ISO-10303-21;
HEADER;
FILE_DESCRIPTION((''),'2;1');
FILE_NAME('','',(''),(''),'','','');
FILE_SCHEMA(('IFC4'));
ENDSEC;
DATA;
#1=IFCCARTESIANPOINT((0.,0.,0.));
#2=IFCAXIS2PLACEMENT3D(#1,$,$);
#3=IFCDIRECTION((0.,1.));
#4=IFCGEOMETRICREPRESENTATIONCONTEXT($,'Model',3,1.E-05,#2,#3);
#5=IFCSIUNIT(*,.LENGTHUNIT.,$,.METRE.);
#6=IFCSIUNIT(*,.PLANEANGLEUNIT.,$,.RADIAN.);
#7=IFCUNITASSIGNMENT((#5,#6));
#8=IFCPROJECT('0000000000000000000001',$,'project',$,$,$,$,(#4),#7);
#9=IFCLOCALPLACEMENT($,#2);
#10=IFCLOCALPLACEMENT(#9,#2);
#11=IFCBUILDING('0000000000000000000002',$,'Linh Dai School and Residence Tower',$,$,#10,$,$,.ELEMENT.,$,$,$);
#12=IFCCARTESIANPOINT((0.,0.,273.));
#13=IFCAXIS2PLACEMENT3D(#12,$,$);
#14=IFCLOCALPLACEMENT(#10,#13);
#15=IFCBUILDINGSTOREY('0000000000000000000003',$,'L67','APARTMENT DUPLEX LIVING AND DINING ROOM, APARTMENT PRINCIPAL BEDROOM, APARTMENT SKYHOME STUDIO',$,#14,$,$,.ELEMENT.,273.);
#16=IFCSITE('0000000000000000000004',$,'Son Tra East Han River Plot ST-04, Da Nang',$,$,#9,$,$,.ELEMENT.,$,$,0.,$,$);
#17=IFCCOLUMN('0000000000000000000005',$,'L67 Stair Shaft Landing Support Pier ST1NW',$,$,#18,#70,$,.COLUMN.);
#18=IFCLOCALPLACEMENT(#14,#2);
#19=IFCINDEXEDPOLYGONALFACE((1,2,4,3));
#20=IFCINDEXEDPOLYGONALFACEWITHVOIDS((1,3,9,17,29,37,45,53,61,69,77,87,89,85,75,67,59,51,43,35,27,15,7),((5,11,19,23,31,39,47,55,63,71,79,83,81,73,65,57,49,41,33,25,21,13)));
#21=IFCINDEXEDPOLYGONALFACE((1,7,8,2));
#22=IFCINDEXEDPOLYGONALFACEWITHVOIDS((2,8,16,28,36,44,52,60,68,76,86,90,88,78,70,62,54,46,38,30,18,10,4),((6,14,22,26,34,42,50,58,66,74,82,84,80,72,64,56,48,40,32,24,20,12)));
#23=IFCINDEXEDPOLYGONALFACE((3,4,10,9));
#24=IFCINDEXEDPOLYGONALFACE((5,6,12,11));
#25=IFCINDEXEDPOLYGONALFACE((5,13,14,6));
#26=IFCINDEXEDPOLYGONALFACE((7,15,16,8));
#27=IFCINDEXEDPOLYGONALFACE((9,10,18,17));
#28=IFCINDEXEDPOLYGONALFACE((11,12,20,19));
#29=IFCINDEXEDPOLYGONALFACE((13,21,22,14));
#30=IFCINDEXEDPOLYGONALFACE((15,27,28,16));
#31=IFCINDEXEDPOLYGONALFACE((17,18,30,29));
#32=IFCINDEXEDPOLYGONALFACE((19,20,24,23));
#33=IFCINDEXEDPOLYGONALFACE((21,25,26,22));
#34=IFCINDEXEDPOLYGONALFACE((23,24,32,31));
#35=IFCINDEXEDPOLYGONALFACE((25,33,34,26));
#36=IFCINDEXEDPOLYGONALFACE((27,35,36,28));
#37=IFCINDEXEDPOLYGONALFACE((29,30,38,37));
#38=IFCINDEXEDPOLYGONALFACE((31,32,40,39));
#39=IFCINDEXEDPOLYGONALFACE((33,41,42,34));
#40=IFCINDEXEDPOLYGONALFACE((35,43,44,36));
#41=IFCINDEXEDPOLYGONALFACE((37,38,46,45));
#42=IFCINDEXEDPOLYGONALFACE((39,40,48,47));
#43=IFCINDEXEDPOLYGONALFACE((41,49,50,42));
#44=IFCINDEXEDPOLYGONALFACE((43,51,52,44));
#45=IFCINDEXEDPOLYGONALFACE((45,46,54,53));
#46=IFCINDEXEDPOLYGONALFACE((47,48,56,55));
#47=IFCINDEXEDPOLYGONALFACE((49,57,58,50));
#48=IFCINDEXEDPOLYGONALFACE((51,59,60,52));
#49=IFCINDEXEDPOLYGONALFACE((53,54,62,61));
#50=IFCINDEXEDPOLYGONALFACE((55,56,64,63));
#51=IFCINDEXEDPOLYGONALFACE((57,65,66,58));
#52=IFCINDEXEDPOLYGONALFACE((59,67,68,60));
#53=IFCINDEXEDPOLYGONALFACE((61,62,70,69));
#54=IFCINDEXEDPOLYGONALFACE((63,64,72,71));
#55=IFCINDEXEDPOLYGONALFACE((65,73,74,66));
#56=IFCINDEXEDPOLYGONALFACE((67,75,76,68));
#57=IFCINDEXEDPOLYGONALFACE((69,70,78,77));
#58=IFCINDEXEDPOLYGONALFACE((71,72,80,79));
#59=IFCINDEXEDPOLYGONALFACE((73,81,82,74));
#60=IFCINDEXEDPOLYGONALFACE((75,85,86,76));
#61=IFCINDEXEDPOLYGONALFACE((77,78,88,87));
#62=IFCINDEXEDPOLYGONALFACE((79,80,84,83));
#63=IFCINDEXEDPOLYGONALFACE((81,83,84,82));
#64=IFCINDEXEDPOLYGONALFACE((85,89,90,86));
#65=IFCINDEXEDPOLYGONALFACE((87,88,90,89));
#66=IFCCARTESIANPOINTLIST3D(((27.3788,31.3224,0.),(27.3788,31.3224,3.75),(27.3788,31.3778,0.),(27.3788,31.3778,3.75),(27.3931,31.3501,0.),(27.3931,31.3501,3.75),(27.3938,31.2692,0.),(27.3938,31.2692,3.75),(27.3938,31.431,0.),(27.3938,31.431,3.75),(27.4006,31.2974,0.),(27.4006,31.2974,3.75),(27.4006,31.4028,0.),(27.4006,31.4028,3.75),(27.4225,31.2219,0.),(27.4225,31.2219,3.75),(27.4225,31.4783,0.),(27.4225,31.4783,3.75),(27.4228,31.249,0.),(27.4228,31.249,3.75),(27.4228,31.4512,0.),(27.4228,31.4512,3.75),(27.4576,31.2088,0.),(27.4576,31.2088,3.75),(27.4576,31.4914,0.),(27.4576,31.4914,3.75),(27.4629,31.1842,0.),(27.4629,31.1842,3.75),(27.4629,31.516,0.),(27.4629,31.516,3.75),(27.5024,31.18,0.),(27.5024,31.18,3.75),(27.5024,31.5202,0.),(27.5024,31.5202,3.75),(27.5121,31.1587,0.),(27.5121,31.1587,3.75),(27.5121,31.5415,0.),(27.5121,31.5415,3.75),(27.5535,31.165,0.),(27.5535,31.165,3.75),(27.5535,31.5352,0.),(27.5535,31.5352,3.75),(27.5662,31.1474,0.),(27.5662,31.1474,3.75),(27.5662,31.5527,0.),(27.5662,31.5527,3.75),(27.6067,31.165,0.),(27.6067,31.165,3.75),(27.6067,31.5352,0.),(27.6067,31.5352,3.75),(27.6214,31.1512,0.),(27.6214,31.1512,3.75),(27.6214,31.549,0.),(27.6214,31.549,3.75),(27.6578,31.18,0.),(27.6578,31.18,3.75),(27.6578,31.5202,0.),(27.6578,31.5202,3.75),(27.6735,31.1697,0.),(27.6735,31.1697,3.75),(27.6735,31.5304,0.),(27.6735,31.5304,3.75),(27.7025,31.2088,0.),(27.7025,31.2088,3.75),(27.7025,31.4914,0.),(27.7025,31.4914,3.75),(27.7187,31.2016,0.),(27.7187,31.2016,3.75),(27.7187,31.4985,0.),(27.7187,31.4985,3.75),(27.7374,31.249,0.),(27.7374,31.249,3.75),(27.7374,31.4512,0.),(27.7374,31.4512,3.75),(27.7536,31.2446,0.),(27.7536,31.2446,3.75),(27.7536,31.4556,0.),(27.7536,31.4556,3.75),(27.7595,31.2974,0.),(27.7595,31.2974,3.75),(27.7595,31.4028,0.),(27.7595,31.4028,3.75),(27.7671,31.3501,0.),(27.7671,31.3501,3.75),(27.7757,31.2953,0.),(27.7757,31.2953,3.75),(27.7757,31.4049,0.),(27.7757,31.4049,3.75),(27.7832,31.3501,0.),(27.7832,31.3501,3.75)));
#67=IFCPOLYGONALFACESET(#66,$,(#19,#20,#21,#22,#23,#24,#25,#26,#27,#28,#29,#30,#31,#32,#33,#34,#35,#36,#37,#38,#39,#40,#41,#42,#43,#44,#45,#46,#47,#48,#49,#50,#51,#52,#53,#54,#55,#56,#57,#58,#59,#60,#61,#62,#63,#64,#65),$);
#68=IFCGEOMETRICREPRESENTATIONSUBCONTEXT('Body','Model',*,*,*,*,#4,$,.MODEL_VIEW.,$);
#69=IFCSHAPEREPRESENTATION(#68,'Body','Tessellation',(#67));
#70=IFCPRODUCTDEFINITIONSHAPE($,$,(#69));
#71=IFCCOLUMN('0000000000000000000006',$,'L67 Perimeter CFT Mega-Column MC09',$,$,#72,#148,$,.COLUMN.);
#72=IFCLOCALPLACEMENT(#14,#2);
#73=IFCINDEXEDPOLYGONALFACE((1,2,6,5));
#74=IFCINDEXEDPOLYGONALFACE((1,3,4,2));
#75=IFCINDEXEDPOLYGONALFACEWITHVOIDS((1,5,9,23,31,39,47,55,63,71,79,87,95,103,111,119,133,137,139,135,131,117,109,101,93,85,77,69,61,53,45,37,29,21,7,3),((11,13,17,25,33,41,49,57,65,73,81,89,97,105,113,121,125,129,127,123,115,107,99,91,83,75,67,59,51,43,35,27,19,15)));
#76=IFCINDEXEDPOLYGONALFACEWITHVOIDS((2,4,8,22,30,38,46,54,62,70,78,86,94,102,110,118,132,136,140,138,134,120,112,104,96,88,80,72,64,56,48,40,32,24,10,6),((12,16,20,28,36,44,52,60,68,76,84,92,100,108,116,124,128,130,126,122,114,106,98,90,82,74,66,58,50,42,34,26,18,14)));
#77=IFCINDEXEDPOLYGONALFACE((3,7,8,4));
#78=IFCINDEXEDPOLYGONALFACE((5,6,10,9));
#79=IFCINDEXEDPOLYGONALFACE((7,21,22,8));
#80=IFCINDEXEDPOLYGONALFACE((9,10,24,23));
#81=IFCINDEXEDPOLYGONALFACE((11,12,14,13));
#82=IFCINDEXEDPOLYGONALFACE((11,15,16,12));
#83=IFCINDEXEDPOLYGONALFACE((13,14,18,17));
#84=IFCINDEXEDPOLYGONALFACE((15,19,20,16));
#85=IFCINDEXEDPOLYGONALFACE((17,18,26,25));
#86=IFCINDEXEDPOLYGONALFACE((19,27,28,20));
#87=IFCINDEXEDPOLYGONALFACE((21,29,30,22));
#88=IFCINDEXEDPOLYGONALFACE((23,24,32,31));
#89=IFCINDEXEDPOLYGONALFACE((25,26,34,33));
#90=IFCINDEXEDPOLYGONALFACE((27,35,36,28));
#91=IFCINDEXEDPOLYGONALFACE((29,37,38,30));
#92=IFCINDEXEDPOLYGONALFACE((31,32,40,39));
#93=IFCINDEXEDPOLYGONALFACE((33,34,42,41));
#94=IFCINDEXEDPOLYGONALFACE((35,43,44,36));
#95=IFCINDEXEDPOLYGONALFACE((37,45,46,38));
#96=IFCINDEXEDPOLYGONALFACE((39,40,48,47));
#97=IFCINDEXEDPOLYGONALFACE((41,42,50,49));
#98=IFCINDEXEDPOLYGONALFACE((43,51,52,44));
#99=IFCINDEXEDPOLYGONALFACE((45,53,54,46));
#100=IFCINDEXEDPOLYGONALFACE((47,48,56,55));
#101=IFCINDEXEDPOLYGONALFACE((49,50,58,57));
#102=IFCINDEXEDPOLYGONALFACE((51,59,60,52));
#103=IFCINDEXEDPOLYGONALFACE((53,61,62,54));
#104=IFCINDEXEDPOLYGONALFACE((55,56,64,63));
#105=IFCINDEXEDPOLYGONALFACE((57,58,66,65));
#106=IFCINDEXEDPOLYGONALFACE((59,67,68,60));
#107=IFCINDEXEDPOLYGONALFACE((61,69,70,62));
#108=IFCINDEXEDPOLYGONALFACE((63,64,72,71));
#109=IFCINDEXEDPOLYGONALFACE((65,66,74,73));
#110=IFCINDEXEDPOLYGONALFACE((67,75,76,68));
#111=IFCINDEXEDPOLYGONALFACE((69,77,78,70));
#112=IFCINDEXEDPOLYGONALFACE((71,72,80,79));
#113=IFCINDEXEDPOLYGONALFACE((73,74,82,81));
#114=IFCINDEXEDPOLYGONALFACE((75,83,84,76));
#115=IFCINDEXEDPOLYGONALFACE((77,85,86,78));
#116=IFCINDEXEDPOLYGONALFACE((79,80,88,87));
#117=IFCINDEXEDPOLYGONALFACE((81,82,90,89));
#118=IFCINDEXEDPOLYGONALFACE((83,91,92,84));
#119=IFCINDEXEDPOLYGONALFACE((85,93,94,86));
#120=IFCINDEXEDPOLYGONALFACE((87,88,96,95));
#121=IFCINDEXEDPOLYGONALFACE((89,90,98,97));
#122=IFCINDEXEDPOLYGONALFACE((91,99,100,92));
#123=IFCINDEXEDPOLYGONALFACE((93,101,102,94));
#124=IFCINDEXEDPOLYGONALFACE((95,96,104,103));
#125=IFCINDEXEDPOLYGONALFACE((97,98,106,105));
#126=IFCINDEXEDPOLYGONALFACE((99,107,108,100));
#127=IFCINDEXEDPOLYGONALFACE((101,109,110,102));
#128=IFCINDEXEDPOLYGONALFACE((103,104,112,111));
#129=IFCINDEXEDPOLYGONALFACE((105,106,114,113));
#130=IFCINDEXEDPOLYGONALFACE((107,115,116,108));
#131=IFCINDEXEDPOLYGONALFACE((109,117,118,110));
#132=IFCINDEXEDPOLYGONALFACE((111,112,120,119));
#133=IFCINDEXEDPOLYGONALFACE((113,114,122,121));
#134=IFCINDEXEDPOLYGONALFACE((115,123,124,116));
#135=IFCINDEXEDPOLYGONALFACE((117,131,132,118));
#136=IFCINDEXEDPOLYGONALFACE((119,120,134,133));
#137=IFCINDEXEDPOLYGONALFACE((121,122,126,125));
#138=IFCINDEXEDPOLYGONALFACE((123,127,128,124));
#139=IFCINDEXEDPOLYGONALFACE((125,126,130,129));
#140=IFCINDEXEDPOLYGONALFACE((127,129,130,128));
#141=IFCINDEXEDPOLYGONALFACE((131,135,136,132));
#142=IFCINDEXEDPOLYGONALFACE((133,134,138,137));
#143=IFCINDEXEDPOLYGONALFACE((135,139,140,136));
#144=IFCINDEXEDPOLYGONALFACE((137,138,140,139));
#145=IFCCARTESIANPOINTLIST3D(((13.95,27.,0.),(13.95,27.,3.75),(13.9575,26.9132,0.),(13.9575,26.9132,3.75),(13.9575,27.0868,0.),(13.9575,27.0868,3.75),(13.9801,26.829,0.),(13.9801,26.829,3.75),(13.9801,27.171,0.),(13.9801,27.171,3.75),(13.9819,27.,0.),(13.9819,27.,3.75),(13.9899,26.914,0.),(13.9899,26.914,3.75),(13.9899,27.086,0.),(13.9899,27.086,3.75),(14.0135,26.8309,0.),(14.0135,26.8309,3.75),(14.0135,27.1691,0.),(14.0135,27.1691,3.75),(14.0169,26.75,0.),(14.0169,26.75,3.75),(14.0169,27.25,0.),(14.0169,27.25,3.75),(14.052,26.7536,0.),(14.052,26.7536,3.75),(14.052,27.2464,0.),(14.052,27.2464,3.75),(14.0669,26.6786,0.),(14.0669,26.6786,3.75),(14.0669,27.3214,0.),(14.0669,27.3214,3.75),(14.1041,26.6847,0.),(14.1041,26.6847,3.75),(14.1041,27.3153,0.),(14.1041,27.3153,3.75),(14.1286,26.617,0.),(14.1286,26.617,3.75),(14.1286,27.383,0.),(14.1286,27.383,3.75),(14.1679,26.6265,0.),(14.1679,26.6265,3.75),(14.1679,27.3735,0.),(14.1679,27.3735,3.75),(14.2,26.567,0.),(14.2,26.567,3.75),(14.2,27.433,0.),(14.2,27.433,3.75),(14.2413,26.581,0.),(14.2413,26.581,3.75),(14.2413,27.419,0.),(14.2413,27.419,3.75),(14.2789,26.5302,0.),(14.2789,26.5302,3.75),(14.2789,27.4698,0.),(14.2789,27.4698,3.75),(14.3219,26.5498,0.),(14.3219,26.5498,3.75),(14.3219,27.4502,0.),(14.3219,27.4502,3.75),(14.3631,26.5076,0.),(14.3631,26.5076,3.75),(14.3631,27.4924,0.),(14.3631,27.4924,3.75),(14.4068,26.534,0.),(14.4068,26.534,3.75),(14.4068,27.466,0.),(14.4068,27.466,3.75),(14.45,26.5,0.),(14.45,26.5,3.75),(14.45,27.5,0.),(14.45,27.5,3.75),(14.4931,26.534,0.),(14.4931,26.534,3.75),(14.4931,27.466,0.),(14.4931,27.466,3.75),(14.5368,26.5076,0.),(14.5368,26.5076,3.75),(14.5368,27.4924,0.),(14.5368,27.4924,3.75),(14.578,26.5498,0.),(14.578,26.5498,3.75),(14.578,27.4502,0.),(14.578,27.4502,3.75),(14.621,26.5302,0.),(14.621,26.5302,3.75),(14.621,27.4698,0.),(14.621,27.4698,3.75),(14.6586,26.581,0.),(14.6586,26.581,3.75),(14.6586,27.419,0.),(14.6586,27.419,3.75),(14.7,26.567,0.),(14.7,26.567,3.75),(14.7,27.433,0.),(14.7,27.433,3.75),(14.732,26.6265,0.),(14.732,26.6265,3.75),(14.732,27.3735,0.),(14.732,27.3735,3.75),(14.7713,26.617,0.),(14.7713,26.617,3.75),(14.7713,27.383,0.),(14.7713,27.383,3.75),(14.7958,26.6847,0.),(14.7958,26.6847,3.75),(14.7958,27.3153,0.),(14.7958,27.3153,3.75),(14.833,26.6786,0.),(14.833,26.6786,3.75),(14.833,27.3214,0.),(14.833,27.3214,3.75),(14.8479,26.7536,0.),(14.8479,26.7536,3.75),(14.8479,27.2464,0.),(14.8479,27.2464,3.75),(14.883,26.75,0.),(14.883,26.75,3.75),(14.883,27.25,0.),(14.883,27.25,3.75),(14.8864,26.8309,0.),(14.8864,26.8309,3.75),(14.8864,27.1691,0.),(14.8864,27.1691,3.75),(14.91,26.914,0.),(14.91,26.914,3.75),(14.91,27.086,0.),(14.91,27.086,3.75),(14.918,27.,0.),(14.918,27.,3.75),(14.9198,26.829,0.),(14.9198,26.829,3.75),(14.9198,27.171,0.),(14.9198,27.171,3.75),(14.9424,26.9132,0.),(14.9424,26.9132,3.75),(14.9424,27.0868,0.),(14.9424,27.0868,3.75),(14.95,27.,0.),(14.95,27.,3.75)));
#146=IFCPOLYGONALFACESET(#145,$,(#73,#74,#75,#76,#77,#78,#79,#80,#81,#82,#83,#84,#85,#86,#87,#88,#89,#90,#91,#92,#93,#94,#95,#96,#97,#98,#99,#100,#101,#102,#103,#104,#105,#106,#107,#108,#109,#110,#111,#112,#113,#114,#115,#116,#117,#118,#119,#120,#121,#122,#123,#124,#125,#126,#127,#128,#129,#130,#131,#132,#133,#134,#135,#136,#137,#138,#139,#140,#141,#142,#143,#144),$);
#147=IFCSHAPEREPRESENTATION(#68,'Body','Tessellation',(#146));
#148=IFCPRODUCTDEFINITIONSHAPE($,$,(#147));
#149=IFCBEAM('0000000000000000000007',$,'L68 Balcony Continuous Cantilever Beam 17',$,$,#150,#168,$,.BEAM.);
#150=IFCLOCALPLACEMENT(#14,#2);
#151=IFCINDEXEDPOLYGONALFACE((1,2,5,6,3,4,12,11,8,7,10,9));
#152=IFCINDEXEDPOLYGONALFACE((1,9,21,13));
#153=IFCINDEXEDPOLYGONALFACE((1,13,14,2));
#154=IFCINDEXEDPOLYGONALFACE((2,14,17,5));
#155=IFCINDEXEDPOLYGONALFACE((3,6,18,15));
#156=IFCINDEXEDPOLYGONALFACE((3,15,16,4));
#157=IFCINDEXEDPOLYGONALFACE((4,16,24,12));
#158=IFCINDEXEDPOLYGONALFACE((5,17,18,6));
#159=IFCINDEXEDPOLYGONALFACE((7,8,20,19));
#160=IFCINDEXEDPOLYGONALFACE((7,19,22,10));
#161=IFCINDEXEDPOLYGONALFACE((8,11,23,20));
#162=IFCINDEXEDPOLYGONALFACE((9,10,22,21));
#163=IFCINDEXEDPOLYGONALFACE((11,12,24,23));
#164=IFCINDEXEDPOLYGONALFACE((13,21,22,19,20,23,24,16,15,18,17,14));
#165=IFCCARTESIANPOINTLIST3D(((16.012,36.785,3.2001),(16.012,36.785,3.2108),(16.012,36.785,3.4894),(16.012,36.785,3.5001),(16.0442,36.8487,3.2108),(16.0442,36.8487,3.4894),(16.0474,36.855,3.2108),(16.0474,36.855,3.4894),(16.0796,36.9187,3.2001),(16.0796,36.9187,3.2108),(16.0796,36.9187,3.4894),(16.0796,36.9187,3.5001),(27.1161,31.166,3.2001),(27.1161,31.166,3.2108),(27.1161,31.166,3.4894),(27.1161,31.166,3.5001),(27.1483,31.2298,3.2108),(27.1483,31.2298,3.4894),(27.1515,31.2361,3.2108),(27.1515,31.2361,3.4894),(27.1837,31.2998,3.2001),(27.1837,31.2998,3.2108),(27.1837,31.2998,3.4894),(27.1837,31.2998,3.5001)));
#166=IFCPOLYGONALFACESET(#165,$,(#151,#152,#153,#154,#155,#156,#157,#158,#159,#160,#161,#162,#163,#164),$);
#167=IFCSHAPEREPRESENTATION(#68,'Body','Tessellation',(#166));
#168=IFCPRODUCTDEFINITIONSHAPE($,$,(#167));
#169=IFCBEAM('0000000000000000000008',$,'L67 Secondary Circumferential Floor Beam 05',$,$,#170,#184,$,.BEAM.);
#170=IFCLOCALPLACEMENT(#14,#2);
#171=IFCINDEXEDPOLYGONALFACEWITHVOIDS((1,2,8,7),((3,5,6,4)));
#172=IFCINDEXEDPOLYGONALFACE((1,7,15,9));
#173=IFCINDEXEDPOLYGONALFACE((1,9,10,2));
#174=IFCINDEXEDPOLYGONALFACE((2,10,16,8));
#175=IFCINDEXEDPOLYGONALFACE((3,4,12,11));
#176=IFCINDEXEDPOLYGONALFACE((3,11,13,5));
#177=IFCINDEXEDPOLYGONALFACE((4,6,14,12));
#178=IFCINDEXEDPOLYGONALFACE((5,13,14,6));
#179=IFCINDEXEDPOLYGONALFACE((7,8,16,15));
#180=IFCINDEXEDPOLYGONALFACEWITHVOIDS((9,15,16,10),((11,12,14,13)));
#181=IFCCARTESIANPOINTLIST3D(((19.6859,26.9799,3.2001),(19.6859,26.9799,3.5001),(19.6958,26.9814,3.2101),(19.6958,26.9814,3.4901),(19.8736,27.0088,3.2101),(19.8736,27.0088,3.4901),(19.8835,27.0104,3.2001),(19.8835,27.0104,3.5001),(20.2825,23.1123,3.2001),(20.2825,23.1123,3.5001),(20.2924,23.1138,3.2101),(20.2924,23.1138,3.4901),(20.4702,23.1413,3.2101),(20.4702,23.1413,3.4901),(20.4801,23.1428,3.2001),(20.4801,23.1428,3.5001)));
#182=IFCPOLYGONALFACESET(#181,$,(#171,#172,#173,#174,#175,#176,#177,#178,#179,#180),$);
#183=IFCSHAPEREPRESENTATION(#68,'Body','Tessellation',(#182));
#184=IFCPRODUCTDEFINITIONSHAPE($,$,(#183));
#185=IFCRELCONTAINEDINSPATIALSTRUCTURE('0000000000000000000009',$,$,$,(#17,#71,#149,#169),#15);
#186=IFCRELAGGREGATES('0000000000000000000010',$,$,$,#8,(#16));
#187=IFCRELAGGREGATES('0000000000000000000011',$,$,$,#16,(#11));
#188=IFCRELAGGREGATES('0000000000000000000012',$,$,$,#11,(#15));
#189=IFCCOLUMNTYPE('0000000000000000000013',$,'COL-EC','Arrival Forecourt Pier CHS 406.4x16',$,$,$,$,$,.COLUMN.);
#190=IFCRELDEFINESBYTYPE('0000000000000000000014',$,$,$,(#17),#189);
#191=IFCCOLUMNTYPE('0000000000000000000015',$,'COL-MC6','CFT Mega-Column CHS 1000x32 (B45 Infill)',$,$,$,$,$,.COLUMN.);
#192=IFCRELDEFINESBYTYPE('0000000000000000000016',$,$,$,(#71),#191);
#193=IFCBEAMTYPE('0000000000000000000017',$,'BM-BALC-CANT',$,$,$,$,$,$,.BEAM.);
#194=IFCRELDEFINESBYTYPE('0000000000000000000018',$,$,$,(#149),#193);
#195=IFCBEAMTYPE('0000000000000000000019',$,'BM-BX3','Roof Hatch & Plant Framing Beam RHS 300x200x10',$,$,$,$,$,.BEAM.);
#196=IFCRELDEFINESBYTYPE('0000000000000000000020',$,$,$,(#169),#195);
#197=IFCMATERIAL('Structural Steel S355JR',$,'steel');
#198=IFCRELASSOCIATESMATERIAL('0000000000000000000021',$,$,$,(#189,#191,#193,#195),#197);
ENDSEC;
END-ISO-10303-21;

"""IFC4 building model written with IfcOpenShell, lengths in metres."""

from ifc_helpers import new_model, si_unit, direction, frame, origin, origin_2d, place, context, subcontext, project, spatial, hollow_rectangle, hollow_circle, i_section, extrude, material, material_profile, profile_set, type_object, element, save


model = new_model("IFC4")

# Units and contexts
model_context = context("Model", 3, precision=1e-05, world=origin(), true_north=direction((0.0, 1.0)))
body_context = subcontext(model_context, "Body", "Model", "MODEL_VIEW")
ifc_project = project(units=[si_unit("LENGTHUNIT", "METRE"), si_unit("PLANEANGLEUNIT", "RADIAN")], contexts=[model_context])

# Site, building, storey
site_placement = place(None, origin())
site = spatial("IfcSite", under=ifc_project, at=site_placement, Name="Son Tra East Han River Plot ST-04, Da Nang", CompositionType="ELEMENT", RefElevation=0.0)
building_placement = place(site_placement, origin())
building = spatial("IfcBuilding", under=site, at=building_placement, Name="Linh Dai School and Residence Tower", CompositionType="ELEMENT")
storey_placement = place(building_placement, frame((0.0, 0.0, 273.0)))
storey = spatial("IfcBuildingStorey", under=building, at=storey_placement, Name="L67", Description="APARTMENT DUPLEX LIVING AND DINING ROOM, APARTMENT PRINCIPAL BEDROOM, APARTMENT SKYHOME STUDIO", CompositionType="ELEMENT", Elevation=273.0)

# Columns
ifc_material_1 = material(Name="Structural Steel S355JR", Category="steel")
ifc_material_profile_1 = material_profile(ifc_material_1, hollow_circle(Radius=0.2031, WallThickness=0.0161, at=origin_2d()), Name="CHS 406.4x16")
ifc_profile_set_1 = profile_set([ifc_material_profile_1], Name="Structural Steel S355JR")
column_type_1 = type_object("IfcColumnType", Name="COL-EC", Description="Arrival Forecourt Pier CHS 406.4x16", PredefinedType="COLUMN", material=ifc_profile_set_1)
column_1_placement = place(storey_placement, frame((27.5801, 31.3501, 0.0), z_axis=(0.0, 0.0, 1.0), x_axis=(1.0, 0.0, 0.0)))
element("IfcColumn", 1, at=column_1_placement, inside=storey, type_object=column_type_1, Name="L67 Stair Shaft Landing Support Pier ST1NW", PredefinedType="COLUMN", context=body_context, shape_type="SweptSolid", body=[
    extrude(hollow_circle(Radius=0.2031, WallThickness=0.0161, at=origin_2d()), origin(), (0.0, 0.0, 1.0), 3.75),
])
ifc_material_profile_2 = material_profile(ifc_material_1, hollow_circle(Radius=0.5, WallThickness=0.032, at=origin_2d()), Name="CHS 1000x32")
ifc_profile_set_2 = profile_set([ifc_material_profile_2], Name="Structural Steel S355JR")
column_type_2 = type_object("IfcColumnType", Name="COL-MC6", Description="CFT Mega-Column CHS 1000x32 (B45 Infill)", PredefinedType="COLUMN", material=ifc_profile_set_2)
column_2_placement = place(storey_placement, frame((14.45, 27.0, 0.0), z_axis=(0.0, 0.0, 1.0), x_axis=(1.0, 0.0, 0.0)))
element("IfcColumn", 2, at=column_2_placement, inside=storey, type_object=column_type_2, Name="L67 Perimeter CFT Mega-Column MC09", PredefinedType="COLUMN", context=body_context, shape_type="SweptSolid", body=[
    extrude(hollow_circle(Radius=0.5, WallThickness=0.032, at=origin_2d()), origin(), (0.0, 0.0, 1.0), 3.75),
])

# Beams
ifc_material_profile_3 = material_profile(ifc_material_1, i_section(OverallWidth=0.1499, OverallDepth=0.3, WebThickness=0.0071, FlangeThickness=0.0107, at=origin_2d()), Name="IPE 300")
ifc_profile_set_3 = profile_set([ifc_material_profile_3], Name="Structural Steel S355JR")
beam_type_1 = type_object("IfcBeamType", Name="BM-BALC-CANT", PredefinedType="BEAM", material=ifc_profile_set_3)
beam_1_placement = place(storey_placement, frame((27.1499, 31.2329, 3.3501), z_axis=(-0.892267, 0.451509, 0.0), x_axis=(-0.451509, -0.892267, 0.0)))
element("IfcBeam", 3, at=beam_1_placement, inside=storey, type_object=beam_type_1, Name="L68 Balcony Continuous Cantilever Beam 17", PredefinedType="BEAM", context=body_context, shape_type="SweptSolid", body=[
    extrude(i_section(OverallWidth=0.1499, OverallDepth=0.3, WebThickness=0.0071, FlangeThickness=0.0107, at=origin_2d()), origin(), (0.0, 0.0, 1.0), 12.4448),
])
ifc_material_profile_4 = material_profile(ifc_material_1, hollow_rectangle(XDim=0.2, YDim=0.3, WallThickness=0.01, at=origin_2d()), Name="RHS 300x200x10")
ifc_profile_set_4 = profile_set([ifc_material_profile_4], Name="Structural Steel S355JR")
beam_type_2 = type_object("IfcBeamType", Name="BM-BX3", Description="Roof Hatch & Plant Framing Beam RHS 300x200x10", PredefinedType="BEAM", material=ifc_profile_set_4)
beam_2_placement = place(storey_placement, frame((19.7847, 26.9951, 3.3501), z_axis=(0.15247, -0.988308, 0.0), x_axis=(0.988308, 0.15247, 0.0)))
element("IfcBeam", 4, at=beam_2_placement, inside=storey, type_object=beam_type_2, Name="L67 Secondary Circumferential Floor Beam 05", PredefinedType="BEAM", context=body_context, shape_type="SweptSolid", body=[
    extrude(hollow_rectangle(XDim=0.2, YDim=0.3, WallThickness=0.01, at=origin_2d()), origin(), (0.0, 0.0, 1.0), 3.9133),
])

save(model, "model.ifc")
